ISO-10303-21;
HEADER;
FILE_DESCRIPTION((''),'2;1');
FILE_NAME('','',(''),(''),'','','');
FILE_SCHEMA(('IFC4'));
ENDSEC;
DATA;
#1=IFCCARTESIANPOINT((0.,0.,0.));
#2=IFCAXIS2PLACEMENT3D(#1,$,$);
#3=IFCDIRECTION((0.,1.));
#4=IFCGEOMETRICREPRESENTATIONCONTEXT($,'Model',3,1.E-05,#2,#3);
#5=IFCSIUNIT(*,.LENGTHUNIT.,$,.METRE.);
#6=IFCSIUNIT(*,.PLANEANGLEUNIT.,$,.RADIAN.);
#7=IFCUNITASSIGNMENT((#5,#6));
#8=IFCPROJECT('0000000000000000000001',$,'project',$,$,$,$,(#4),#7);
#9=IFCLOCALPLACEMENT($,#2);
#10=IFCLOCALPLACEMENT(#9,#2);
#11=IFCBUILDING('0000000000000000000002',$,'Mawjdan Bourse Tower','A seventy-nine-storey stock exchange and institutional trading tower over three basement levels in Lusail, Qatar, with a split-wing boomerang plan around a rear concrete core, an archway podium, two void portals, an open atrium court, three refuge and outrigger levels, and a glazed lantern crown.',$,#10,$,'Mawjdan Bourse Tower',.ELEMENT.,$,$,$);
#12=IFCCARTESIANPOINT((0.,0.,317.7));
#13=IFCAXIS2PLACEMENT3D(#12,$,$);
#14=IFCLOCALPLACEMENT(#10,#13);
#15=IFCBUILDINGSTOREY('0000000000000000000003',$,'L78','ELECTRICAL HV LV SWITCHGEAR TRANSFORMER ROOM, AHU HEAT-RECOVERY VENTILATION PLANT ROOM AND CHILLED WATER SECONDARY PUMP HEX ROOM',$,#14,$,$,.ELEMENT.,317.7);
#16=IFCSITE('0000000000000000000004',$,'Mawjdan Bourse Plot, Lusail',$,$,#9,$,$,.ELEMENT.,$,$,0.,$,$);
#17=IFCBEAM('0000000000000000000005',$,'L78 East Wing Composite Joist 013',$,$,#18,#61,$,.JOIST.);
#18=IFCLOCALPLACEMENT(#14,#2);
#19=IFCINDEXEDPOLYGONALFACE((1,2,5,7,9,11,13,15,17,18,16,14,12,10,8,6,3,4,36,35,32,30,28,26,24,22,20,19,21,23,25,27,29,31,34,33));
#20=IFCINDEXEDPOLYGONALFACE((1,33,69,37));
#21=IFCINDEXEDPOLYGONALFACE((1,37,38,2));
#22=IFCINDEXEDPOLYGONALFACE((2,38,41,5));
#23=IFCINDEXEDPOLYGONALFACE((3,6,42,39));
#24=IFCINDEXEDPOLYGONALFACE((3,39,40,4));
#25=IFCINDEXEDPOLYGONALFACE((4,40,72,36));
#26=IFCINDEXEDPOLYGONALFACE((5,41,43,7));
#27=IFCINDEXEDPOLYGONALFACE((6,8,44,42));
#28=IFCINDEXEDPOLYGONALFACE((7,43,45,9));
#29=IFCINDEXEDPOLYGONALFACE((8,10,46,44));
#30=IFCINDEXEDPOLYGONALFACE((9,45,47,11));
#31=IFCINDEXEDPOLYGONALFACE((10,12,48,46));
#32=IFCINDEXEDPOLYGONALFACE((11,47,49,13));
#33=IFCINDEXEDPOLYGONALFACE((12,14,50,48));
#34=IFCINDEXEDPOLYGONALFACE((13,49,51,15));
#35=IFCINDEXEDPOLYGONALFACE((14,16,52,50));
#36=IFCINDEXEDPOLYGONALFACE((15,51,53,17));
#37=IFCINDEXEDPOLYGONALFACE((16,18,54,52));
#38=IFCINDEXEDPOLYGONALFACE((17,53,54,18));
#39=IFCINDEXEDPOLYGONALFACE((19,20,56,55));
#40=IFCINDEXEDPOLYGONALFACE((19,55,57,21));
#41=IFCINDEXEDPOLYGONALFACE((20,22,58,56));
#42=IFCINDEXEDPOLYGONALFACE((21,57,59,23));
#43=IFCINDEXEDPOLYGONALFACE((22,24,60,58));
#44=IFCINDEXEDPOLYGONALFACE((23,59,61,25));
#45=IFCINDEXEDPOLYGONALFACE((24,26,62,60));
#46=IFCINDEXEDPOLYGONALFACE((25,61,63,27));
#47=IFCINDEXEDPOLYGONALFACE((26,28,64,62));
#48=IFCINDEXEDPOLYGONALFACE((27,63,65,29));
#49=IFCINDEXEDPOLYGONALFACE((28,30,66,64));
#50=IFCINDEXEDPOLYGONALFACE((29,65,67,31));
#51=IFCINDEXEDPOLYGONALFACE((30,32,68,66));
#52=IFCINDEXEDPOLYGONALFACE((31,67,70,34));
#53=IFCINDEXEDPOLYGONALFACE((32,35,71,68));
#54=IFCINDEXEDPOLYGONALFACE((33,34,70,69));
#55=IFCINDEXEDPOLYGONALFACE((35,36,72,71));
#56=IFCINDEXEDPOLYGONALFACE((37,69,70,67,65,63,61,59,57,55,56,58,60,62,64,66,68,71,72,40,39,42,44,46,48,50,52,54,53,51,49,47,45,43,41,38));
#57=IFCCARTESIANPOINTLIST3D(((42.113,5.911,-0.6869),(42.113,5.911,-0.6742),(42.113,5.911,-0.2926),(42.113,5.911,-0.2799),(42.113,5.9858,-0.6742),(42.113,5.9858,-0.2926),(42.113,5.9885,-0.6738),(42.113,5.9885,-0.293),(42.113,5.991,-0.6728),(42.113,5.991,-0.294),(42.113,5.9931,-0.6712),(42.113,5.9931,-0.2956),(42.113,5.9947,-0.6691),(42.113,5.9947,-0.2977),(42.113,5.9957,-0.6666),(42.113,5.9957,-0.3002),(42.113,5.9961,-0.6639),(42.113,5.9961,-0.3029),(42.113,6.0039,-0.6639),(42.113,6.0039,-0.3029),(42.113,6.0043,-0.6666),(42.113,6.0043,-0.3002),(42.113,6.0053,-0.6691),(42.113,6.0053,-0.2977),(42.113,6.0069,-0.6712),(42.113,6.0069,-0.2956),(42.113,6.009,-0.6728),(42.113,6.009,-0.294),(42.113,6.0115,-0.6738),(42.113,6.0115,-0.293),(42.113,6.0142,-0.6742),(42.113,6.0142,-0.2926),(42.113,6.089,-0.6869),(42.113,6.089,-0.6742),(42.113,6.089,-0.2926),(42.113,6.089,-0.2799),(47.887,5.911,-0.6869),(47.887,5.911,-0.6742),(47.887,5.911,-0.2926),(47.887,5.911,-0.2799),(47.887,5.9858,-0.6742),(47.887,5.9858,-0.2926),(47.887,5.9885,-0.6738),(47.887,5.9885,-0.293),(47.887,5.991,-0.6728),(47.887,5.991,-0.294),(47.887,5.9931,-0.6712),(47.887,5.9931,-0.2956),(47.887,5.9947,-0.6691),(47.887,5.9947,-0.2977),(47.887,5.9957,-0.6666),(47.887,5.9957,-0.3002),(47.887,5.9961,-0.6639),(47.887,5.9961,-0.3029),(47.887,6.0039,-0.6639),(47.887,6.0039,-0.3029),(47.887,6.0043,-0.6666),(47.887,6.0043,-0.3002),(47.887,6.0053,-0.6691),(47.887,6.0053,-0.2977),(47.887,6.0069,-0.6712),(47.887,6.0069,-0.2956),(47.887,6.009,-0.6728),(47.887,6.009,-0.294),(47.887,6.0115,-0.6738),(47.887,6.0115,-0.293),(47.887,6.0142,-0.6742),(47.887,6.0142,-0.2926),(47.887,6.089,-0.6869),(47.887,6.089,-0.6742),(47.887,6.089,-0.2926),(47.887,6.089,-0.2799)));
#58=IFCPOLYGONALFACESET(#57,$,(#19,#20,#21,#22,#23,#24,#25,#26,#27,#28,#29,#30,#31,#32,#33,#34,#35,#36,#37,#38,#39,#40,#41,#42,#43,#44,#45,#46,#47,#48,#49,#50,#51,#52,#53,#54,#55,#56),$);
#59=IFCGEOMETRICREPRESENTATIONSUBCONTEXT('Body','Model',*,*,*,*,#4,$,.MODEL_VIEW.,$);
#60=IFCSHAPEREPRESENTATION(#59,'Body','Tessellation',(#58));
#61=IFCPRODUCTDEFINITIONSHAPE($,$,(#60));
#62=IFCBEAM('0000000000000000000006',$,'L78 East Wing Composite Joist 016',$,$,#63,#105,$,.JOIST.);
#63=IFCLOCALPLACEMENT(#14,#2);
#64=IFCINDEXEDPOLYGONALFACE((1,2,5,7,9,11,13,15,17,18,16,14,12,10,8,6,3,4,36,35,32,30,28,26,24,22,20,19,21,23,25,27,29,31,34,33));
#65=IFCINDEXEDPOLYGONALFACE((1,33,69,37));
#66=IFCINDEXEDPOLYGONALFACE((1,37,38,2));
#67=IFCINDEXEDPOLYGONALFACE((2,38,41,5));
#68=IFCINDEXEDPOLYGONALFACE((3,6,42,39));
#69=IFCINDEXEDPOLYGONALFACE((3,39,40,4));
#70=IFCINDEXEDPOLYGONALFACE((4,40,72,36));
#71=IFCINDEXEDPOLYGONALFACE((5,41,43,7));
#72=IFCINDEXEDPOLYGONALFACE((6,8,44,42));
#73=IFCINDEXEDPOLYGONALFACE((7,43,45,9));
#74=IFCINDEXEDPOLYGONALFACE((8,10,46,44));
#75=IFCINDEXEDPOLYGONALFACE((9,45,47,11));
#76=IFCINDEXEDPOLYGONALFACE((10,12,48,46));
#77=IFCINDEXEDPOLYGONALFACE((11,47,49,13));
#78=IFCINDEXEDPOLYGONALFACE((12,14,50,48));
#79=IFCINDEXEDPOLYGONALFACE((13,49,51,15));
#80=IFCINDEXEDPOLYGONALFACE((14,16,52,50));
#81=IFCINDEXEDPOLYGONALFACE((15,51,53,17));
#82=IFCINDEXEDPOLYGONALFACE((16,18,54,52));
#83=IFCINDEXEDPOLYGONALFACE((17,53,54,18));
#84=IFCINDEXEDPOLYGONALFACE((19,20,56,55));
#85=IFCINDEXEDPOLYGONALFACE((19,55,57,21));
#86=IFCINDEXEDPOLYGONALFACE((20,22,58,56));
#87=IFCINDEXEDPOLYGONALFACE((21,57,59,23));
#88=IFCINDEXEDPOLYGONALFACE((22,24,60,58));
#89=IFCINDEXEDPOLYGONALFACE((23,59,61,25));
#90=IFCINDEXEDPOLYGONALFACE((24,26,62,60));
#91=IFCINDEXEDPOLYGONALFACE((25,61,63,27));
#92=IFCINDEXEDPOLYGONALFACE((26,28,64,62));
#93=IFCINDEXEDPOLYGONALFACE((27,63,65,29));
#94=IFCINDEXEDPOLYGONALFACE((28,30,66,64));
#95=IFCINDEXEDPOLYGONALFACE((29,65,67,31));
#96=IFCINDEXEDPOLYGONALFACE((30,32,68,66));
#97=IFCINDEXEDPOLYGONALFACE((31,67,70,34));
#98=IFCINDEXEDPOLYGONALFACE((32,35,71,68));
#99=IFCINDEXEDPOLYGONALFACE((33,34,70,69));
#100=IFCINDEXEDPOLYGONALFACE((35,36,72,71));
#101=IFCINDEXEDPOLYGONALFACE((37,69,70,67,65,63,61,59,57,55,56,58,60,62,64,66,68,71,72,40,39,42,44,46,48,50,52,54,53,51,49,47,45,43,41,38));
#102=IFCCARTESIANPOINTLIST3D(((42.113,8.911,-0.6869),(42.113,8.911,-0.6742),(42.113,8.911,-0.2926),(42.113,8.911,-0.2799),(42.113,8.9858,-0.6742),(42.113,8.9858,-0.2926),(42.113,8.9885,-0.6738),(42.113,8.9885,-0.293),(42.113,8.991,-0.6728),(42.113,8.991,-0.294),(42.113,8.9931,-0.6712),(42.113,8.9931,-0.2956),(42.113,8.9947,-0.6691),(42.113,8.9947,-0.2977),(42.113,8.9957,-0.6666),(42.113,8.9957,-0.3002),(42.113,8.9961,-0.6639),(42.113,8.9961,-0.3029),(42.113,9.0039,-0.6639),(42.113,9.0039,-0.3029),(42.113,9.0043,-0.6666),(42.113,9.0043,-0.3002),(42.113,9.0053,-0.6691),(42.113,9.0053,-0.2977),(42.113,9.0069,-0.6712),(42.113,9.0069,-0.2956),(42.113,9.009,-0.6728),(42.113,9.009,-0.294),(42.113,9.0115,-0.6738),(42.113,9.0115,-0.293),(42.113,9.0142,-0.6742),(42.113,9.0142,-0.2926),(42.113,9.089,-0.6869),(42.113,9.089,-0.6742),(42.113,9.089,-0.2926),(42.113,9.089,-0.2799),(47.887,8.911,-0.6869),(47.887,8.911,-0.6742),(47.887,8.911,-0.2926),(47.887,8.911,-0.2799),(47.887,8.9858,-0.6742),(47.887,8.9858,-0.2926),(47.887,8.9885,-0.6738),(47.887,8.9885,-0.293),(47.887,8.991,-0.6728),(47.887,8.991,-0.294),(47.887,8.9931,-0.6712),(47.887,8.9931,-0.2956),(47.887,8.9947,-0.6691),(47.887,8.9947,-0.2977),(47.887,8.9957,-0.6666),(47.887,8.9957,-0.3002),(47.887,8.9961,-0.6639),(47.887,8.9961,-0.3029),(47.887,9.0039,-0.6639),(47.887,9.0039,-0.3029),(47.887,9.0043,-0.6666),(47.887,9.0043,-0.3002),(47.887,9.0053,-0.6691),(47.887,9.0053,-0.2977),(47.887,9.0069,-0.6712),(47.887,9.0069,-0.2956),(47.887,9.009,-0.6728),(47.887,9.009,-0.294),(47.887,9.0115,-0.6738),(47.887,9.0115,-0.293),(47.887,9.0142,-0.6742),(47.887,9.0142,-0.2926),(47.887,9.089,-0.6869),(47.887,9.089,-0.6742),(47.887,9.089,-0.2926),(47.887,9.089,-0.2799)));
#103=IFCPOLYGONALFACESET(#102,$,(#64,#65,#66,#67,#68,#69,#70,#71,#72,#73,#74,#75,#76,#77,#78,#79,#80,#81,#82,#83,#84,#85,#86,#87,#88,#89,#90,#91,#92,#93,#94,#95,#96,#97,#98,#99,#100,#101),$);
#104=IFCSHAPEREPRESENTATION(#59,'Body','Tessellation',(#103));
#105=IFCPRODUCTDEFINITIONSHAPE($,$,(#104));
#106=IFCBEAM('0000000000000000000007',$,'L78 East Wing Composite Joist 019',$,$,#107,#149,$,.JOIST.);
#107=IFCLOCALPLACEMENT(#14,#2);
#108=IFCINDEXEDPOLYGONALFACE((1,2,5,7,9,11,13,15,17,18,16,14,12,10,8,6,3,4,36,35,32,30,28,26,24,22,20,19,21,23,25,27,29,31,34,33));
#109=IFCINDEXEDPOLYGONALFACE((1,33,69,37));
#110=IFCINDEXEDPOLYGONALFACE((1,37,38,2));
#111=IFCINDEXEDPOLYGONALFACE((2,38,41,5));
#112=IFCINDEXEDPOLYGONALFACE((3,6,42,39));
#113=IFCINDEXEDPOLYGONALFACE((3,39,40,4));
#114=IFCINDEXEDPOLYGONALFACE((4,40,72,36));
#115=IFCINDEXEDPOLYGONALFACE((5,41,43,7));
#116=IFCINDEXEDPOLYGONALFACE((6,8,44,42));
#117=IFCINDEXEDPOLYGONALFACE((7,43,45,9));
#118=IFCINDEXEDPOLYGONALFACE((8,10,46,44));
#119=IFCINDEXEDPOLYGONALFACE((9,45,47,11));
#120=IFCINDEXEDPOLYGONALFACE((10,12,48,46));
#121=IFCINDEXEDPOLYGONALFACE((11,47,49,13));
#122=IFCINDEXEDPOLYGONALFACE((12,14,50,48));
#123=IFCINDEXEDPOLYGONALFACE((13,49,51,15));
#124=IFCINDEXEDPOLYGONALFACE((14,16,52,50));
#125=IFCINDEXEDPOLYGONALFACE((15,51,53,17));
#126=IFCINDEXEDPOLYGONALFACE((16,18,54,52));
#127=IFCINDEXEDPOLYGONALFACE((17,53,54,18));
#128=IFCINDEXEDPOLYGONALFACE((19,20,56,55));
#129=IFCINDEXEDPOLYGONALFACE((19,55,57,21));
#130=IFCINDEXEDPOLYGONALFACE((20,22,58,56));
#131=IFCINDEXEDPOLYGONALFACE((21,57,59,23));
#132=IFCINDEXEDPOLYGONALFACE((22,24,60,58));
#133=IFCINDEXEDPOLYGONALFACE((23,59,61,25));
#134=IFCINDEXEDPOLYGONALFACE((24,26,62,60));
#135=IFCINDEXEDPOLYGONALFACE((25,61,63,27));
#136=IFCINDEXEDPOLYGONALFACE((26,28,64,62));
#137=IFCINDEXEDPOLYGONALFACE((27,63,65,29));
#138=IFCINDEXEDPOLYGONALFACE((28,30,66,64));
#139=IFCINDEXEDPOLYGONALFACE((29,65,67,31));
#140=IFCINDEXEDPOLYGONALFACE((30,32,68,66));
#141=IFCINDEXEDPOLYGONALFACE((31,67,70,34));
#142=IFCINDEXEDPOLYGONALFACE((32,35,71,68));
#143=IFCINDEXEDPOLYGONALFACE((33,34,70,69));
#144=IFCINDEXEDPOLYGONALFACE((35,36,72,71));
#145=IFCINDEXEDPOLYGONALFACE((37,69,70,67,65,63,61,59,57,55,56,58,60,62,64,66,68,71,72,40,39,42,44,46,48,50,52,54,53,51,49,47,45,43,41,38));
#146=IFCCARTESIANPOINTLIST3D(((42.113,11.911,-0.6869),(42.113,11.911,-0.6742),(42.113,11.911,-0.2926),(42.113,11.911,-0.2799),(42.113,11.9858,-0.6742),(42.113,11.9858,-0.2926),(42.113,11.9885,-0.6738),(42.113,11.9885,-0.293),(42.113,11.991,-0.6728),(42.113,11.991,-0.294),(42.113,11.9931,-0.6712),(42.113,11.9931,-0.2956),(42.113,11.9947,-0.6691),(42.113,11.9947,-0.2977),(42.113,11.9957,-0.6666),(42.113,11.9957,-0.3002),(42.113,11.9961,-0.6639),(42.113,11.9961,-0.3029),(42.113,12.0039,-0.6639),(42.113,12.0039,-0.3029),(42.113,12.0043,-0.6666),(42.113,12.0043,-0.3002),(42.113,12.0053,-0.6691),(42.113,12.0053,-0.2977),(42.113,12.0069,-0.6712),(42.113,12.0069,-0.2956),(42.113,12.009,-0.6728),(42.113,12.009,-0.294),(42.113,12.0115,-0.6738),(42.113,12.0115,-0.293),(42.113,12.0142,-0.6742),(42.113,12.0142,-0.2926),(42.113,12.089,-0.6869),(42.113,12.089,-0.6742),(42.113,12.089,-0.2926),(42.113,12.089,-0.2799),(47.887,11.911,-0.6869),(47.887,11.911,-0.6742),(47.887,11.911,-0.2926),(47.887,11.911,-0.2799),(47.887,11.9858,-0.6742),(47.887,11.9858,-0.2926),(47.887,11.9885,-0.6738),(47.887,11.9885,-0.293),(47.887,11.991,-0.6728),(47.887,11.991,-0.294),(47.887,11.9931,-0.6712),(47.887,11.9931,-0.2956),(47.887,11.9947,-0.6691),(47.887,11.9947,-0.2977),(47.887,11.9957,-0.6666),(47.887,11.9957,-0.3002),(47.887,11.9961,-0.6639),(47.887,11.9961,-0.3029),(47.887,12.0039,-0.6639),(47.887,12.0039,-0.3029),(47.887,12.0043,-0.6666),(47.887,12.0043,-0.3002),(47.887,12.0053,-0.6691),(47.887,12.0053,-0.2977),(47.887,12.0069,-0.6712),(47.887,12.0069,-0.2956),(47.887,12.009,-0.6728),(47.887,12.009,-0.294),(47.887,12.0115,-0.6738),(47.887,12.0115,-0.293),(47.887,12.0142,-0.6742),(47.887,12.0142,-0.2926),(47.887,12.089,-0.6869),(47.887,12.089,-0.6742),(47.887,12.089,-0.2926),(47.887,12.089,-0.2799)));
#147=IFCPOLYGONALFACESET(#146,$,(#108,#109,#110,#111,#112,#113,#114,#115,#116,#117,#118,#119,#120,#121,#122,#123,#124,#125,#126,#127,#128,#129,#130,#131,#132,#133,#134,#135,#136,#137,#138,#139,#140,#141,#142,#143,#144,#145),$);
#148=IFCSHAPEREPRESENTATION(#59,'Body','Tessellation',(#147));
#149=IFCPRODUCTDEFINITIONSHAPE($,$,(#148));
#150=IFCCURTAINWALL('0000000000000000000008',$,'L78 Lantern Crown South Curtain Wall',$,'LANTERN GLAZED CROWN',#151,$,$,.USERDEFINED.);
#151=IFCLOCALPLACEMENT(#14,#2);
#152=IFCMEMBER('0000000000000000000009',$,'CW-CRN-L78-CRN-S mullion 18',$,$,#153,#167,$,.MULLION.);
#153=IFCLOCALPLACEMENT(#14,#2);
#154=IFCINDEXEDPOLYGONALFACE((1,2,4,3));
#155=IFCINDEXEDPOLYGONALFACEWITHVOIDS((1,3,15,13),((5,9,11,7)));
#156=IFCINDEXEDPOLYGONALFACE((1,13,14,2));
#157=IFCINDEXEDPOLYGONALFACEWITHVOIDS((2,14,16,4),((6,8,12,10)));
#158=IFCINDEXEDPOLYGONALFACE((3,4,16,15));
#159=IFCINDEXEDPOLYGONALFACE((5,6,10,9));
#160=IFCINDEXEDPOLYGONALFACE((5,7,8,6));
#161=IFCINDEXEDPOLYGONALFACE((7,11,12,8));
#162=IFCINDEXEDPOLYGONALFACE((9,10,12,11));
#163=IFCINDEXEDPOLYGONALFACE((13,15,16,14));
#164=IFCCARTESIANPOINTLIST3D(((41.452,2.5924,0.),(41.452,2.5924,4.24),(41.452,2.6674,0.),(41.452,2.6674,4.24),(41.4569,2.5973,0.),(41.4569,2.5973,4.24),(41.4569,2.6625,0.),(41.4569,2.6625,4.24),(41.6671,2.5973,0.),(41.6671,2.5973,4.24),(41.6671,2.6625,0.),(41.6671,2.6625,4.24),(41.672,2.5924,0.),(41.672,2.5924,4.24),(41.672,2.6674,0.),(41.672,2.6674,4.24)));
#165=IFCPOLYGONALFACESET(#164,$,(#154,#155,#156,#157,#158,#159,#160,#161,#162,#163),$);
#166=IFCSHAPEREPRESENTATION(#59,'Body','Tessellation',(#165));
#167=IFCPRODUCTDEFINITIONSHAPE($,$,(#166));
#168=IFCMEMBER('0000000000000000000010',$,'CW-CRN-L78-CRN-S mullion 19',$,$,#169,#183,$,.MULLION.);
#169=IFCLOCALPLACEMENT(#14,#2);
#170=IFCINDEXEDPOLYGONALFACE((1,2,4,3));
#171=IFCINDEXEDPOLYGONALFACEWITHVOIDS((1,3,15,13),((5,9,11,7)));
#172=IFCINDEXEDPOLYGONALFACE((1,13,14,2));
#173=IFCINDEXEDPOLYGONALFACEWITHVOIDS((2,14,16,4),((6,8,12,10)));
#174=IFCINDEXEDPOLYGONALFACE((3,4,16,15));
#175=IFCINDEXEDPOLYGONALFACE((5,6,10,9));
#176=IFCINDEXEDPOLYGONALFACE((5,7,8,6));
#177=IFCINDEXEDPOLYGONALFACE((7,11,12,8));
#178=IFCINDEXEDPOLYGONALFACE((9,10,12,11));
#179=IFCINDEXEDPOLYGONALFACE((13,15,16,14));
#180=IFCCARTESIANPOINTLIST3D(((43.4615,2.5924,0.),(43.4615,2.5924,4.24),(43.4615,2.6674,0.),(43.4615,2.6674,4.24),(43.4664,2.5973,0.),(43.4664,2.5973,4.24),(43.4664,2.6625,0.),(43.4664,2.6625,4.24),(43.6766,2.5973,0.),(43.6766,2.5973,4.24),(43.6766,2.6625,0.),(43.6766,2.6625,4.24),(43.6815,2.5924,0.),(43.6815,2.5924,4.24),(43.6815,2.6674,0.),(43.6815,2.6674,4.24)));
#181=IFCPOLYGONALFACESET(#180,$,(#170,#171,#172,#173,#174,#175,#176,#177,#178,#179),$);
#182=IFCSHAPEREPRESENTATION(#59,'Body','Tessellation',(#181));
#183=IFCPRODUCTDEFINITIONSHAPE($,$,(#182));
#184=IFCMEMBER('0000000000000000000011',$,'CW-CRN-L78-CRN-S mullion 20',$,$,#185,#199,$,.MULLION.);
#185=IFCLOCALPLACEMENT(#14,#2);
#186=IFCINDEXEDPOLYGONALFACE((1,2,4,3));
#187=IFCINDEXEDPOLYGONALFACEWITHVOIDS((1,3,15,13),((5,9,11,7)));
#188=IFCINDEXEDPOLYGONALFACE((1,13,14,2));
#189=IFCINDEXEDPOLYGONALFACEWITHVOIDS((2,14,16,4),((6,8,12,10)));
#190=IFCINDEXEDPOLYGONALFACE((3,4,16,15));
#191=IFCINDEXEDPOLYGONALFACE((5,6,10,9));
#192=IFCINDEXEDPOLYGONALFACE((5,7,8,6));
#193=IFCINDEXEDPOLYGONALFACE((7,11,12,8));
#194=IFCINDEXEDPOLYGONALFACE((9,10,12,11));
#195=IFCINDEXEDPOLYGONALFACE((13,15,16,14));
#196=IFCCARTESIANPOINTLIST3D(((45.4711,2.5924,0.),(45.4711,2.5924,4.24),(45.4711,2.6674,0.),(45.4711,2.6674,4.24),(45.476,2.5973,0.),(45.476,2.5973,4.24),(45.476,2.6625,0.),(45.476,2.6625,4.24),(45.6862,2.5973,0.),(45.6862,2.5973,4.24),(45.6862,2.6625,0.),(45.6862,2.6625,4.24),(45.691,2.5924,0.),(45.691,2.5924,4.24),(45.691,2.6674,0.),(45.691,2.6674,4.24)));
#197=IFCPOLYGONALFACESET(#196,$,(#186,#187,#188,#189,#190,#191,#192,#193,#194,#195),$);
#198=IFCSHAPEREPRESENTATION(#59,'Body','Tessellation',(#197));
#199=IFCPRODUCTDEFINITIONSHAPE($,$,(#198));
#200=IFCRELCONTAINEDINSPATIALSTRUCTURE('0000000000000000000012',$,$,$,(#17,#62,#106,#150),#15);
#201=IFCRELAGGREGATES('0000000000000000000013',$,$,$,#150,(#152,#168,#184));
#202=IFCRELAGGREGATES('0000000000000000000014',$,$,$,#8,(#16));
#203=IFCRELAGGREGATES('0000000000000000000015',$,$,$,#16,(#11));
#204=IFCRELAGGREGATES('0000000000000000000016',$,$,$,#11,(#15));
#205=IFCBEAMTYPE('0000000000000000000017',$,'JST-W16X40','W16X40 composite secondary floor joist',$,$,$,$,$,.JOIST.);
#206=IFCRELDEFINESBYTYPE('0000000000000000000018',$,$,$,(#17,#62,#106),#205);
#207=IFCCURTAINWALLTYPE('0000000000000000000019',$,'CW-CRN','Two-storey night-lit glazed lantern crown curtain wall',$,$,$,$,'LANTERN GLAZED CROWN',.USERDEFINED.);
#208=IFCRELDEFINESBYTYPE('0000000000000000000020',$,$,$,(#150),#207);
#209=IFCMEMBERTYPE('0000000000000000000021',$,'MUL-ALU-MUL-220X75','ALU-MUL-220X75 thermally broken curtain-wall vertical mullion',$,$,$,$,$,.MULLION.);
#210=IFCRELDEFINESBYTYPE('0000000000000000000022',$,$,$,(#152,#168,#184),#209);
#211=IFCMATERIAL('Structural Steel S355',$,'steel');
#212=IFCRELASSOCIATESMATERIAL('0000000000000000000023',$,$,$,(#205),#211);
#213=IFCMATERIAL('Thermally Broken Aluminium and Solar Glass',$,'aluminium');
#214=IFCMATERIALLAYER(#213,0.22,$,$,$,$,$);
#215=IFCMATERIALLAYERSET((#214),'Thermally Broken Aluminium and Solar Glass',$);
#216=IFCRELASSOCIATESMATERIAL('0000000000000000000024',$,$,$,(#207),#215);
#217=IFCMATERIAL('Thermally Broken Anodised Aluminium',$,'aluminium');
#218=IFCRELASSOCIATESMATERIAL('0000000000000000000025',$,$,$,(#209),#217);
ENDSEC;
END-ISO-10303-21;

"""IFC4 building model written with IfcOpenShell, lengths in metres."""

from ifc_helpers import new_model, si_unit, direction, frame, origin, origin_2d, place, context, subcontext, project, spatial, hollow_rectangle, i_section, extrude, material, layer, layer_set, material_profile, profile_set, type_object, element, aggregate, save


model = new_model("IFC4")

# Units and contexts
model_context = context("Model", 3, precision=1e-05, world=origin(), true_north=direction((0.0, 1.0)))
body_context = subcontext(model_context, "Body", "Model", "MODEL_VIEW")
ifc_project = project(units=[si_unit("LENGTHUNIT", "METRE"), si_unit("PLANEANGLEUNIT", "RADIAN")], contexts=[model_context])

# Site, building, storey
site_placement = place(None, origin())
site = spatial("IfcSite", under=ifc_project, at=site_placement, Name="Mawjdan Bourse Plot, Lusail", CompositionType="ELEMENT", RefElevation=0.0)
building_placement = place(site_placement, origin())
building = spatial("IfcBuilding", under=site, at=building_placement, Name="Mawjdan Bourse Tower", Description="A seventy-nine-storey stock exchange and institutional trading tower over three basement levels in Lusail, Qatar, with a split-wing boomerang plan around a rear concrete core, an archway podium, two void portals, an open atrium court, three refuge and outrigger levels, and a glazed lantern crown.", LongName="Mawjdan Bourse Tower", CompositionType="ELEMENT")
storey_placement = place(building_placement, frame((0.0, 0.0, 317.7)))
storey = spatial("IfcBuildingStorey", under=building, at=storey_placement, Name="L78", Description="ELECTRICAL HV LV SWITCHGEAR TRANSFORMER ROOM, AHU HEAT-RECOVERY VENTILATION PLANT ROOM AND CHILLED WATER SECONDARY PUMP HEX ROOM", CompositionType="ELEMENT", Elevation=317.7)

# Shared definitions
ifc_material_1 = material(Name="Structural Steel S355", Category="steel")

# Beams
ifc_material_profile_1 = material_profile(ifc_material_1, i_section(OverallWidth=0.178, OverallDepth=0.407, WebThickness=0.0078, FlangeThickness=0.0127, FilletRadius=0.0103, at=origin_2d()), Name="W16X40")
ifc_profile_set_1 = profile_set([ifc_material_profile_1], Name="Structural Steel S355")
beam_type_1 = type_object("IfcBeamType", Name="JST-W16X40", Description="W16X40 composite secondary floor joist", PredefinedType="JOIST", material=ifc_profile_set_1)
for number, where, z_axis, x_axis, name in (
    (1, (42.113, 6.0, -0.4834), (1.0, 0.0, 0.0), (0.0, 1.0, 0.0), "L78 East Wing Composite Joist 013"),
    (2, (42.113, 9.0, -0.4834), (1.0, 0.0, 0.0), (0.0, 1.0, 0.0), "L78 East Wing Composite Joist 016"),
    (3, (42.113, 12.0, -0.4834), (1.0, 0.0, 0.0), (0.0, 1.0, 0.0), "L78 East Wing Composite Joist 019"),
):
    element("IfcBeam", number, at=place(storey_placement, frame(where, z_axis=z_axis, x_axis=x_axis)), inside=storey, type_object=beam_type_1, Name=name, PredefinedType="JOIST", context=body_context, shape_type="SweptSolid", body=[
        extrude(i_section(OverallWidth=0.178, OverallDepth=0.407, WebThickness=0.0078, FlangeThickness=0.0127, FilletRadius=0.0103, at=origin_2d()), origin(), (0.0, 0.0, 1.0), 5.7739),
    ])

# Curtain wall, members
ifc_material_2 = material(Name="Thermally Broken Aluminium and Solar Glass", Category="aluminium")
ifc_layer_1 = layer(ifc_material_2, 0.22)
ifc_layer_set_1 = layer_set([ifc_layer_1], Name="Thermally Broken Aluminium and Solar Glass")
curtain_wall_type = type_object("IfcCurtainWallType", Name="CW-CRN", Description="Two-storey night-lit glazed lantern crown curtain wall", ElementType="LANTERN GLAZED CROWN", PredefinedType="USERDEFINED", material=ifc_layer_set_1)
curtain_wall_placement = place(storey_placement, origin())
curtain_wall = element("IfcCurtainWall", 4, at=curtain_wall_placement, inside=storey, type_object=curtain_wall_type, Name="L78 Lantern Crown South Curtain Wall", ObjectType="LANTERN GLAZED CROWN", PredefinedType="USERDEFINED")
ifc_material_3 = material(Name="Thermally Broken Anodised Aluminium", Category="aluminium")
ifc_material_profile_2 = material_profile(ifc_material_3, hollow_rectangle(XDim=0.075, YDim=0.22, WallThickness=0.0049, at=origin_2d()), Name="ALU-MUL-220X75")
ifc_profile_set_2 = profile_set([ifc_material_profile_2], Name="Thermally Broken Anodised Aluminium")
member_type_1 = type_object("IfcMemberType", Name="MUL-ALU-MUL-220X75", Description="ALU-MUL-220X75 thermally broken curtain-wall vertical mullion", PredefinedType="MULLION", material=ifc_profile_set_2)
member_1_placement = place(storey_placement, frame((41.562, 2.6299, 0.0), z_axis=(0.0, 0.0, 1.0), x_axis=(0.0, 1.0, 0.0)))
member_1 = element("IfcMember", 5, at=member_1_placement, type_object=member_type_1, Name="CW-CRN-L78-CRN-S mullion 18", PredefinedType="MULLION", context=body_context, shape_type="SweptSolid", body=[
    extrude(hollow_rectangle(XDim=0.075, YDim=0.22, WallThickness=0.0049, at=origin_2d()), origin(), (0.0, 0.0, 1.0), 4.24),
])
member_2_placement = place(storey_placement, frame((43.5715, 2.6299, 0.0), z_axis=(0.0, 0.0, 1.0), x_axis=(0.0, 1.0, 0.0)))
member_2 = element("IfcMember", 6, at=member_2_placement, type_object=member_type_1, Name="CW-CRN-L78-CRN-S mullion 19", PredefinedType="MULLION", context=body_context, shape_type="SweptSolid", body=[
    extrude(hollow_rectangle(XDim=0.075, YDim=0.22, WallThickness=0.0049, at=origin_2d()), origin(), (0.0, 0.0, 1.0), 4.24),
])
member_3_placement = place(storey_placement, frame((45.5811, 2.6299, 0.0), z_axis=(0.0, 0.0, 1.0), x_axis=(0.0, 1.0, 0.0)))
member_3 = element("IfcMember", 7, at=member_3_placement, type_object=member_type_1, Name="CW-CRN-L78-CRN-S mullion 20", PredefinedType="MULLION", context=body_context, shape_type="SweptSolid", body=[
    extrude(hollow_rectangle(XDim=0.075, YDim=0.22, WallThickness=0.0049, at=origin_2d()), origin(), (0.0, 0.0, 1.0), 4.24),
])

aggregate(curtain_wall, [member_1, member_2, member_3])

save(model, "model.ifc")
